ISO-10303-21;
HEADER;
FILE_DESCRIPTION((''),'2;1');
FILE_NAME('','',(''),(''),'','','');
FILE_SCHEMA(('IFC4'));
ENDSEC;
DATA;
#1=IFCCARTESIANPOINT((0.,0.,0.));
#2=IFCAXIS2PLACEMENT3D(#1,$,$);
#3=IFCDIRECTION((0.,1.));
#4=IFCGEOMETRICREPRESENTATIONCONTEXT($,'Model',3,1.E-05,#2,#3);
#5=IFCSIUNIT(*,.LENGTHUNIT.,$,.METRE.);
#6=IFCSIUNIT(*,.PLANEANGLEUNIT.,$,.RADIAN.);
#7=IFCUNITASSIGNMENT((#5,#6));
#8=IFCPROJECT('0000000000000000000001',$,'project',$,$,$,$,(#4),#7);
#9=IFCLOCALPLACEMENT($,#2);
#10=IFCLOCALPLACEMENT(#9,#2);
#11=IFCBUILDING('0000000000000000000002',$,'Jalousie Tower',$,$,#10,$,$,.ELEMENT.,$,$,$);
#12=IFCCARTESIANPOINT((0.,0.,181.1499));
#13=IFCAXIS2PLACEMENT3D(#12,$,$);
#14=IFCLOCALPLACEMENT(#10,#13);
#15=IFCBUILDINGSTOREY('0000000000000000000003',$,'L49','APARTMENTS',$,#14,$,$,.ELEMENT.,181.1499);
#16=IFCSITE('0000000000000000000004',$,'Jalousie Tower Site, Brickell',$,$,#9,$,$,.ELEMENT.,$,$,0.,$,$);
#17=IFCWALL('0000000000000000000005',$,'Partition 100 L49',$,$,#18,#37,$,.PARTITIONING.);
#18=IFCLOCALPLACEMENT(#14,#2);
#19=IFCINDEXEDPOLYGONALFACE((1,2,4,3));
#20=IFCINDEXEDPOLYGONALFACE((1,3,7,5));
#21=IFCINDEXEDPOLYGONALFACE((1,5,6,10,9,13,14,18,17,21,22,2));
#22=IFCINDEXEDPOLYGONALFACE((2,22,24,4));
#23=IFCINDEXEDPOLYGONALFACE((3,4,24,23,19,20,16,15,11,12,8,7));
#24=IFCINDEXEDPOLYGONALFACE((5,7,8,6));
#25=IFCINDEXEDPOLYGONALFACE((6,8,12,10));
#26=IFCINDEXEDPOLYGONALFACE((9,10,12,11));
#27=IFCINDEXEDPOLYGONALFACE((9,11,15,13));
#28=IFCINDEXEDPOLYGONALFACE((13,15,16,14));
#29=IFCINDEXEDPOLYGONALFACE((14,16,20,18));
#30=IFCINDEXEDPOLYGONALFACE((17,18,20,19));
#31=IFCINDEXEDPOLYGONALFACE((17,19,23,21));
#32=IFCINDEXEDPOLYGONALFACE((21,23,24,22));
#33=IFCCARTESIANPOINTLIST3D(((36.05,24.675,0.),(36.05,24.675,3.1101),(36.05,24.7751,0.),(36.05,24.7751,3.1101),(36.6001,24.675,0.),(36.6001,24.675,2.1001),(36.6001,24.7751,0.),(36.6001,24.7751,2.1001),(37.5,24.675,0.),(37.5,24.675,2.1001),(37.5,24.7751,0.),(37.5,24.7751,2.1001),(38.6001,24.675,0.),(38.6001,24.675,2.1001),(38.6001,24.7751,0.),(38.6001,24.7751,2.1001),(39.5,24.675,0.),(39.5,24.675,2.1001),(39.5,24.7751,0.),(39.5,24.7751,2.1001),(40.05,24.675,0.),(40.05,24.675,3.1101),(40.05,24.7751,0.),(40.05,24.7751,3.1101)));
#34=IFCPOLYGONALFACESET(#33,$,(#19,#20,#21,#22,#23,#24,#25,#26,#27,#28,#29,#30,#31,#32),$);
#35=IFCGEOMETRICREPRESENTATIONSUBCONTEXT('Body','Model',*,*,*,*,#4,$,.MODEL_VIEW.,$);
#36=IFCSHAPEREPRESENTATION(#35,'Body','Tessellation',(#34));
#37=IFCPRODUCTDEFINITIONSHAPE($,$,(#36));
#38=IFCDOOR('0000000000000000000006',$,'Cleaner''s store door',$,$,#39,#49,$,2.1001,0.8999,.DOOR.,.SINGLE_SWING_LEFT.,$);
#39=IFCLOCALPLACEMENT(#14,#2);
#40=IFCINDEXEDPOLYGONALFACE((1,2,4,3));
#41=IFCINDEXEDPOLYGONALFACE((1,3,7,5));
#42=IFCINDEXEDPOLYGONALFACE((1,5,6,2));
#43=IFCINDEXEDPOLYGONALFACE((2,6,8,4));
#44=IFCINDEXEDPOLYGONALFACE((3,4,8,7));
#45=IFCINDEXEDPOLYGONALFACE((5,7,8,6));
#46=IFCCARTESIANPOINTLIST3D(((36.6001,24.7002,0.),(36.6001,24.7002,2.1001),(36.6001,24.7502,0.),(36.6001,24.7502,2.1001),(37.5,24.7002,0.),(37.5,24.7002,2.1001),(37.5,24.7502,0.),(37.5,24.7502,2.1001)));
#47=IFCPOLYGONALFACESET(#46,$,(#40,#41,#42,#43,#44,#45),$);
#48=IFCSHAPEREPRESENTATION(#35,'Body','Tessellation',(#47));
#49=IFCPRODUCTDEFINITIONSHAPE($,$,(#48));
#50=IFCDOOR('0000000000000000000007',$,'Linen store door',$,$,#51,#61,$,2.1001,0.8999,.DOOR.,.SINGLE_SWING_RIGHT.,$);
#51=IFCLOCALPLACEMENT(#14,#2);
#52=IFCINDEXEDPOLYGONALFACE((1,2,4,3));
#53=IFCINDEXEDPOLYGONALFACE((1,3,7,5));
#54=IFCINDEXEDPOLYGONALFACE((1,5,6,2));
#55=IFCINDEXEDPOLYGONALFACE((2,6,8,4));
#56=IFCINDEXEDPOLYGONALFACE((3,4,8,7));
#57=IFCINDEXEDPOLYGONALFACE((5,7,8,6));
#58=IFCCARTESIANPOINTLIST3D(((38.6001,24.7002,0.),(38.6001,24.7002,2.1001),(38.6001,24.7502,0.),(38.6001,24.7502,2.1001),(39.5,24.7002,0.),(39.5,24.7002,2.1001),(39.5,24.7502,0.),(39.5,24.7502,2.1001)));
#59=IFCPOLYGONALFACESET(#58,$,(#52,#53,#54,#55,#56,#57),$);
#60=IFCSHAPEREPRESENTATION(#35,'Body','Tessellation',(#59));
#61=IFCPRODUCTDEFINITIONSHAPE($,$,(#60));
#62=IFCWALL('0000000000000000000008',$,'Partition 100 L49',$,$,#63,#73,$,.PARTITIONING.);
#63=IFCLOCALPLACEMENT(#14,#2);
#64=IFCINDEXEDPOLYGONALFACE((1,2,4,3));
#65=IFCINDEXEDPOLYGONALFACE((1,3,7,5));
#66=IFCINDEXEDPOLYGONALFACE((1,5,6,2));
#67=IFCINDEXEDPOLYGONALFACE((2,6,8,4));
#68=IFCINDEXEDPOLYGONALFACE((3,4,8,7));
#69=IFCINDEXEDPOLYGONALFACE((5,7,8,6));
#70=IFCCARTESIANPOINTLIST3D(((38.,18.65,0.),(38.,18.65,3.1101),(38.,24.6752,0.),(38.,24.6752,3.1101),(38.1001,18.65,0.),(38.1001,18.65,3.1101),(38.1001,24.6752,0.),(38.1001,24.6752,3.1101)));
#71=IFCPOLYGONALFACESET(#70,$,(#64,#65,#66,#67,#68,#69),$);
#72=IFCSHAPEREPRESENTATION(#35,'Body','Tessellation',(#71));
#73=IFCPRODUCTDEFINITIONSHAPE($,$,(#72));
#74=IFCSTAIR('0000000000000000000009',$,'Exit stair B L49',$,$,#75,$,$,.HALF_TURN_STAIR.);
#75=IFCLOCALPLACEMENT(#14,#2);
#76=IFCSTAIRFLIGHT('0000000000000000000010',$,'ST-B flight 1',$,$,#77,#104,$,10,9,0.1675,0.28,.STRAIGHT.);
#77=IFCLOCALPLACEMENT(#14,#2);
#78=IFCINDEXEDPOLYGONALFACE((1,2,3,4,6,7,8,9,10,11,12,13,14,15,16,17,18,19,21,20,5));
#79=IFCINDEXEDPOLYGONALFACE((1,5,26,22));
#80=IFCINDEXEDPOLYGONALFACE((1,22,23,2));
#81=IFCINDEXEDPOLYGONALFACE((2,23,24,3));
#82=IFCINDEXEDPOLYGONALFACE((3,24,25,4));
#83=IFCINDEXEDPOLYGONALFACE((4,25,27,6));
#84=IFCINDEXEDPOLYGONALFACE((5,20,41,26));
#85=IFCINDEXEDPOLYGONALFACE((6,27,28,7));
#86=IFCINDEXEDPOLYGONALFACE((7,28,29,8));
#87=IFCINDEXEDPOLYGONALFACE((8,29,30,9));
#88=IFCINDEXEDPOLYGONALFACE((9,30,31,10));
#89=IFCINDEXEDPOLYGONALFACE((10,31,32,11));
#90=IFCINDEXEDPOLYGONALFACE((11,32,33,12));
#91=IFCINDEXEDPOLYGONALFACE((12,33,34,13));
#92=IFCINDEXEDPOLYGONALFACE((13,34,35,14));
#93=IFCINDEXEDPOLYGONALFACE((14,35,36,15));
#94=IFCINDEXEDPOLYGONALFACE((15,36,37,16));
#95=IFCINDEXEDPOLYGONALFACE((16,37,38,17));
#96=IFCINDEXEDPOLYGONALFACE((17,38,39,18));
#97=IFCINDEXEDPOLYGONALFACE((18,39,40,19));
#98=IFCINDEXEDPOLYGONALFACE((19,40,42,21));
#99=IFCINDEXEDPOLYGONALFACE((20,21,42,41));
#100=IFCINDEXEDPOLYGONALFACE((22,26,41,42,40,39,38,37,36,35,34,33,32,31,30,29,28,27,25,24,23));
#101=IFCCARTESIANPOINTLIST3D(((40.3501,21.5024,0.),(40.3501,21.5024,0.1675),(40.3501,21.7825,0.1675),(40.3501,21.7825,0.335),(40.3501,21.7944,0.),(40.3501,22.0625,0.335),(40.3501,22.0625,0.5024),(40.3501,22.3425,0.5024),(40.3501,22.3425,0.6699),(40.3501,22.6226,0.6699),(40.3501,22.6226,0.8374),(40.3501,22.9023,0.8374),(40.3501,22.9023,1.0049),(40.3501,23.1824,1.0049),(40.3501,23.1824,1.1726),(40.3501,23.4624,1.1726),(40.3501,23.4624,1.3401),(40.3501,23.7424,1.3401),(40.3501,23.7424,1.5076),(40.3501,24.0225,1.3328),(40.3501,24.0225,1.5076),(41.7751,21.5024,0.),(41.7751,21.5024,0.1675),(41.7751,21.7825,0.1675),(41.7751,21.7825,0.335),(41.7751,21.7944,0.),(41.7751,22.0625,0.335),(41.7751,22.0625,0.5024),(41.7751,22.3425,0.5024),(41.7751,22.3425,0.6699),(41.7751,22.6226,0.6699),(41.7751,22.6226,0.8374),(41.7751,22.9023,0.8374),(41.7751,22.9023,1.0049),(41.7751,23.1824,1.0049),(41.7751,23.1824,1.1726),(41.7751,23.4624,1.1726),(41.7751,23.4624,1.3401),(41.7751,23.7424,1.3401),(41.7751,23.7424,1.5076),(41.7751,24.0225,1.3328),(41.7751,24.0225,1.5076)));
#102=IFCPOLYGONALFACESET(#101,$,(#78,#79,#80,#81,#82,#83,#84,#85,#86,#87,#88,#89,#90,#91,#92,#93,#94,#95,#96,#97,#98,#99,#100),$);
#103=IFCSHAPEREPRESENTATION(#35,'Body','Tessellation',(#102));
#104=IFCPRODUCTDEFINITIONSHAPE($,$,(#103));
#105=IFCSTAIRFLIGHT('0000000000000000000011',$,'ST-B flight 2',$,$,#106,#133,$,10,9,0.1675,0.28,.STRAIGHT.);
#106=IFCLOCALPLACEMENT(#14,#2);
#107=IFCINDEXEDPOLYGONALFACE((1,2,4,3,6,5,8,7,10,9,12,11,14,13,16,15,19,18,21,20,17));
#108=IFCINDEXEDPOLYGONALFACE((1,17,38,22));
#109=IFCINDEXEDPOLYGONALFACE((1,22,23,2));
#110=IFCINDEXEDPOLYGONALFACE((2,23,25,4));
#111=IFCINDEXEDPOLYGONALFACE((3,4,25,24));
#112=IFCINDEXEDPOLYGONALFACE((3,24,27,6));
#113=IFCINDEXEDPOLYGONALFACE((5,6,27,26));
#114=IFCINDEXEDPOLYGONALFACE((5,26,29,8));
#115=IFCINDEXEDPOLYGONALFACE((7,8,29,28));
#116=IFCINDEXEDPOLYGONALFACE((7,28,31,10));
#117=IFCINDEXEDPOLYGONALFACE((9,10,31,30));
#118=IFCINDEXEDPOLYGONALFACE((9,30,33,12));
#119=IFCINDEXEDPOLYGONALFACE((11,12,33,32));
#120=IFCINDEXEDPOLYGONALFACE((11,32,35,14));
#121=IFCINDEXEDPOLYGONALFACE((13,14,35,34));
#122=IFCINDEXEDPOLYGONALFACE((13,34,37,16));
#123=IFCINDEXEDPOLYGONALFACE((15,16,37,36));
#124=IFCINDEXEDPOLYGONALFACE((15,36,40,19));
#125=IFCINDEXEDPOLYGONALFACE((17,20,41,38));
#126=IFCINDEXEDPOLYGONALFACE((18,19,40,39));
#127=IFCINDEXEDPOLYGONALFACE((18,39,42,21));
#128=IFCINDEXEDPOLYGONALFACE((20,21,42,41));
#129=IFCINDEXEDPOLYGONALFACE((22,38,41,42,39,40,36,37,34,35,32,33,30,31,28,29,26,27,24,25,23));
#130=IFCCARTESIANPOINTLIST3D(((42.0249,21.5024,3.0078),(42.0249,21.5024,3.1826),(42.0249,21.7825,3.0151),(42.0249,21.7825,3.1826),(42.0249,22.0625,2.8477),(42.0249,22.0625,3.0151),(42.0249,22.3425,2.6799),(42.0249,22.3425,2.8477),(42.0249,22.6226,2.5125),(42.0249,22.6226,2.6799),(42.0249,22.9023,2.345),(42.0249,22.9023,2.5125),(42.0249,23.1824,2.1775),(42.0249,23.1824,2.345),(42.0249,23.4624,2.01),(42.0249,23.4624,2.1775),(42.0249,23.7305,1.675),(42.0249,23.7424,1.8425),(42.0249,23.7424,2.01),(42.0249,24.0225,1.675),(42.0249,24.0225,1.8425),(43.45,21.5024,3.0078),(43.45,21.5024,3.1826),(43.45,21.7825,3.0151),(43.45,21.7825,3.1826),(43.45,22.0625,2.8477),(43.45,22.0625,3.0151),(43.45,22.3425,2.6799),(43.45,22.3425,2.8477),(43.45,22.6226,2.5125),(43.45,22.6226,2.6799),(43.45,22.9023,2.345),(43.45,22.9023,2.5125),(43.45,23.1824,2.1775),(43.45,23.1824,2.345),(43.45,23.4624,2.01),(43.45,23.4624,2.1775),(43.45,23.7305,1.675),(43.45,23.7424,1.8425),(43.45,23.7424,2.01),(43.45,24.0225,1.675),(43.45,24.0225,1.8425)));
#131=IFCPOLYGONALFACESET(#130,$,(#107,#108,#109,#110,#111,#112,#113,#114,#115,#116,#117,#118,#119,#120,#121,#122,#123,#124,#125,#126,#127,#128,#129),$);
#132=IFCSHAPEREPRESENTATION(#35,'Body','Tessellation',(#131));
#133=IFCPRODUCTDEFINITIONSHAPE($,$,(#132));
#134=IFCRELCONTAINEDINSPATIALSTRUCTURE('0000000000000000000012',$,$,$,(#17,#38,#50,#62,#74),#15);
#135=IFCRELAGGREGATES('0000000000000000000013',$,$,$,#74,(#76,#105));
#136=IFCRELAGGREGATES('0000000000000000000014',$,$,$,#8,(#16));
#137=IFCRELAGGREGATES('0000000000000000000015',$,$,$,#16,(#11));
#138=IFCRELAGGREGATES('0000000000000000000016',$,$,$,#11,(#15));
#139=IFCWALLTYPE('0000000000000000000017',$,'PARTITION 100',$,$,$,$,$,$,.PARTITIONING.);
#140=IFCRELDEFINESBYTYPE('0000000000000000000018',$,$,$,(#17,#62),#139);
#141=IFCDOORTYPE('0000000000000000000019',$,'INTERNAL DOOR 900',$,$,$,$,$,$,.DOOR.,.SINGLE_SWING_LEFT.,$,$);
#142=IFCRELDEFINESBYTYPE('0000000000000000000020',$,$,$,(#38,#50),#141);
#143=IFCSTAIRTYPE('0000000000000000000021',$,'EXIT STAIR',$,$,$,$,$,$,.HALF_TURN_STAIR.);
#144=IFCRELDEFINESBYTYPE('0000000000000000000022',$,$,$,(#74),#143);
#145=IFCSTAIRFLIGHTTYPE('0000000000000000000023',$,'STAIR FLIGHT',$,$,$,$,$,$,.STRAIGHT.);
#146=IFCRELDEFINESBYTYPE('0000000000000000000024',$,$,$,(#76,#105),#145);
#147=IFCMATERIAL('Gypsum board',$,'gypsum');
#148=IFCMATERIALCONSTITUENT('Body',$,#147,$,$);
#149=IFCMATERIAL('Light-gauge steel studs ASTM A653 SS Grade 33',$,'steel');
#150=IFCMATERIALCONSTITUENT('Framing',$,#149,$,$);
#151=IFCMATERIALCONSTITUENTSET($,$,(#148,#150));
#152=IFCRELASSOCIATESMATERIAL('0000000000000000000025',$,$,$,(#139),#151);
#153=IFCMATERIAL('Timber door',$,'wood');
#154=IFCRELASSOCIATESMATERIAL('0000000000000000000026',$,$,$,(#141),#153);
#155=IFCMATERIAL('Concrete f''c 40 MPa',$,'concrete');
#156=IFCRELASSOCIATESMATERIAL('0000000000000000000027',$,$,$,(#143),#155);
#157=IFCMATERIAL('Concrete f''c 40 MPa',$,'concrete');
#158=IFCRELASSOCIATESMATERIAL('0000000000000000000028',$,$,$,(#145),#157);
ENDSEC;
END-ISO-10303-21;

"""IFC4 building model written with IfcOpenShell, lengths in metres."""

from ifc_helpers import new_model, si_unit, direction, frame, frame_2d, origin, place, context, subcontext, project, spatial, polyline, rectangle, outline, extrude, material, constituent, constituent_set, type_object, element, fill, aggregate, save


model = new_model("IFC4")

# Units and contexts
model_context = context("Model", 3, precision=1e-05, world=origin(), true_north=direction((0.0, 1.0)))
body_context = subcontext(model_context, "Body", "Model", "MODEL_VIEW")
ifc_project = project(units=[si_unit("LENGTHUNIT", "METRE"), si_unit("PLANEANGLEUNIT", "RADIAN")], contexts=[model_context])

# Site, building, storey
site_placement = place(None, origin())
site = spatial("IfcSite", under=ifc_project, at=site_placement, Name="Jalousie Tower Site, Brickell", CompositionType="ELEMENT", RefElevation=0.0)
building_placement = place(site_placement, origin())
building = spatial("IfcBuilding", under=site, at=building_placement, Name="Jalousie Tower", CompositionType="ELEMENT")
storey_placement = place(building_placement, frame((0.0, 0.0, 181.1499)))
storey = spatial("IfcBuildingStorey", under=building, at=storey_placement, Name="L49", Description="APARTMENTS", CompositionType="ELEMENT", Elevation=181.1499)

# Shared definitions
ifc_material_1 = material(Name="Gypsum board", Category="gypsum")
ifc_constituent_1 = constituent(ifc_material_1, Name="Body")
ifc_material_2 = material(Name="Light-gauge steel studs ASTM A653 SS Grade 33", Category="steel")
ifc_constituent_2 = constituent(ifc_material_2, Name="Framing")
ifc_constituent_set_1 = constituent_set(constituents=[ifc_constituent_1, ifc_constituent_2])
wall_type_1 = type_object("IfcWallType", Name="PARTITION 100", PredefinedType="PARTITIONING", material=ifc_constituent_set_1)

# Wall, openings, doors
wall_1_placement = place(storey_placement, frame((36.05, 24.7251, 0.0), z_axis=(0.0, 0.0, 1.0), x_axis=(1.0, 0.0, 0.0)))
wall_1 = element("IfcWall", 1, at=wall_1_placement, inside=storey, type_object=wall_type_1, Name="Partition 100 L49", PredefinedType="PARTITIONING", context=body_context, shape_type="SweptSolid", body=[
    extrude(rectangle(XDim=4.0, YDim=0.1001, at=frame_2d((2.0, 0.0))), origin(), (0.0, 0.0, 1.0), 3.1101),
])
opening_1_placement = place(wall_1_placement, frame((0.55, 0.0, 0.0)))
opening_1 = element("IfcOpeningElement", 2, at=opening_1_placement, cuts=wall_1, PredefinedType="OPENING", context=body_context, shape_type="SweptSolid", body=[
    extrude(rectangle(XDim=0.8999, YDim=2.1001, at=frame_2d((0.45, 1.05))), frame((0.0, 0.0601, 0.0), z_axis=(0.0, -1.0, 0.0), x_axis=(1.0, 0.0, 0.0)), (0.0, 0.0, 1.0), 0.1201),
])
opening_2_placement = place(wall_1_placement, frame((2.55, 0.0, 0.0)))
opening_2 = element("IfcOpeningElement", 3, at=opening_2_placement, cuts=wall_1, PredefinedType="OPENING", context=body_context, shape_type="SweptSolid", body=[
    extrude(rectangle(XDim=0.8999, YDim=2.1001, at=frame_2d((0.45, 1.05))), frame((0.0, 0.0601, 0.0), z_axis=(0.0, -1.0, 0.0), x_axis=(1.0, 0.0, 0.0)), (0.0, 0.0, 1.0), 0.1201),
])
ifc_material_3 = material(Name="Timber door", Category="wood")
door_type_1 = type_object("IfcDoorType", Name="INTERNAL DOOR 900", OperationType="SINGLE_SWING_LEFT", PredefinedType="DOOR", material=ifc_material_3)
door_1_placement = place(opening_1_placement, frame((0.8999, 0.0, 0.0), z_axis=(0.0, 0.0, 1.0), x_axis=(-1.0, 0.0, 0.0)))
door_1 = element("IfcDoor", 4, at=door_1_placement, inside=storey, type_object=door_type_1, Name="Cleaner's store door", OperationType="SINGLE_SWING_LEFT", OverallHeight=2.1001, OverallWidth=0.8999, PredefinedType="DOOR", context=body_context, shape_type="SweptSolid", body=[
    extrude(rectangle(XDim=0.8999, YDim=2.1001, at=frame_2d((0.45, 1.05))), frame((0.0, 0.0249, 0.0), z_axis=(0.0, -1.0, 0.0), x_axis=(1.0, 0.0, 0.0)), (0.0, 0.0, 1.0), 0.05),
])
fill(opening_1, door_1)
door_2_placement = place(opening_2_placement, frame((0.8999, 0.0, 0.0), z_axis=(0.0, 0.0, 1.0), x_axis=(-1.0, 0.0, 0.0)))
door_2 = element("IfcDoor", 5, at=door_2_placement, inside=storey, type_object=door_type_1, Name="Linen store door", OperationType="SINGLE_SWING_RIGHT", OverallHeight=2.1001, OverallWidth=0.8999, PredefinedType="DOOR", context=body_context, shape_type="SweptSolid", body=[
    extrude(rectangle(XDim=0.8999, YDim=2.1001, at=frame_2d((0.45, 1.05))), frame((0.0, 0.0249, 0.0), z_axis=(0.0, -1.0, 0.0), x_axis=(1.0, 0.0, 0.0)), (0.0, 0.0, 1.0), 0.05),
])
fill(opening_2, door_2)

# Wall
wall_2_placement = place(storey_placement, frame((38.05, 18.6499, 0.0), z_axis=(0.0, 0.0, 1.0), x_axis=(0.0, 1.0, 0.0)))
element("IfcWall", 6, at=wall_2_placement, inside=storey, type_object=wall_type_1, Name="Partition 100 L49", PredefinedType="PARTITIONING", context=body_context, shape_type="SweptSolid", body=[
    extrude(rectangle(XDim=6.0251, YDim=0.1001, at=frame_2d((3.0127, 0.0))), origin(), (0.0, 0.0, 1.0), 3.1101),
])

# Stair, stair flights
ifc_material_4 = material(Name="Concrete f'c 40 MPa", Category="concrete")
stair_type = type_object("IfcStairType", Name="EXIT STAIR", PredefinedType="HALF_TURN_STAIR", material=ifc_material_4)
stair_placement = place(storey_placement, origin())
stair = element("IfcStair", 7, at=stair_placement, inside=storey, type_object=stair_type, Name="Exit stair B L49", PredefinedType="HALF_TURN_STAIR")
ifc_material_5 = material(Name="Concrete f'c 40 MPa", Category="concrete")
stair_flight_type = type_object("IfcStairFlightType", Name="STAIR FLIGHT", PredefinedType="STRAIGHT", material=ifc_material_5)
stair_flight_1_placement = place(storey_placement, frame((41.0625, 21.5024, 0.0), z_axis=(0.0, 0.0, 1.0), x_axis=(0.0, 1.0, 0.0)))
stair_flight_1 = element("IfcStairFlight", 8, at=stair_flight_1_placement, type_object=stair_flight_type, Name="ST-B flight 1", NumberOfRisers=10, NumberOfTreads=9, PredefinedType="STRAIGHT", RiserHeight=0.1675, TreadLength=0.28, context=body_context, shape_type="SweptSolid", body=[
    extrude(outline(polyline([(0.0, 0.0), (0.0, 0.1675), (0.28, 0.1675), (0.28, 0.335), (0.5601, 0.335), (0.5601, 0.5024), (0.8401, 0.5024), (0.8401, 0.6699), (1.1201, 0.6699), (1.1201, 0.8374), (1.3999, 0.8374), (1.3999, 1.0049), (1.6799, 1.0049), (1.6799, 1.1726), (1.96, 1.1726), (1.96, 1.3401), (2.24, 1.3401), (2.24, 1.5076), (2.52, 1.5076), (2.52, 1.675), (2.52, 1.3328), (0.292, 0.0), (0.0, 0.0)])), frame((0.0, 0.7124, 0.0), z_axis=(0.0, -1.0, 0.0), x_axis=(1.0, 0.0, 0.0)), (0.0, 0.0, 1.0), 1.425),
])
stair_flight_2_placement = place(storey_placement, frame((42.7375, 24.0225, 1.675), z_axis=(0.0, 0.0, 1.0), x_axis=(0.0, -1.0, 0.0)))
stair_flight_2 = element("IfcStairFlight", 9, at=stair_flight_2_placement, type_object=stair_flight_type, Name="ST-B flight 2", NumberOfRisers=10, NumberOfTreads=9, PredefinedType="STRAIGHT", RiserHeight=0.1675, TreadLength=0.28, context=body_context, shape_type="SweptSolid", body=[
    extrude(outline(polyline([(0.0, 0.0), (0.0, 0.1675), (0.28, 0.1675), (0.28, 0.335), (0.5601, 0.335), (0.5601, 0.5024), (0.8401, 0.5024), (0.8401, 0.6699), (1.1201, 0.6699), (1.1201, 0.8374), (1.3999, 0.8374), (1.3999, 1.0049), (1.6799, 1.0049), (1.6799, 1.1726), (1.96, 1.1726), (1.96, 1.3401), (2.24, 1.3401), (2.24, 1.5076), (2.52, 1.5076), (2.52, 1.675), (2.52, 1.3328), (0.292, 0.0), (0.0, 0.0)])), frame((0.0, 0.7124, 0.0), z_axis=(0.0, -1.0, 0.0), x_axis=(1.0, 0.0, 0.0)), (0.0, 0.0, 1.0), 1.425),
])
aggregate(stair, [stair_flight_1, stair_flight_2])

save(model, "model.ifc")
